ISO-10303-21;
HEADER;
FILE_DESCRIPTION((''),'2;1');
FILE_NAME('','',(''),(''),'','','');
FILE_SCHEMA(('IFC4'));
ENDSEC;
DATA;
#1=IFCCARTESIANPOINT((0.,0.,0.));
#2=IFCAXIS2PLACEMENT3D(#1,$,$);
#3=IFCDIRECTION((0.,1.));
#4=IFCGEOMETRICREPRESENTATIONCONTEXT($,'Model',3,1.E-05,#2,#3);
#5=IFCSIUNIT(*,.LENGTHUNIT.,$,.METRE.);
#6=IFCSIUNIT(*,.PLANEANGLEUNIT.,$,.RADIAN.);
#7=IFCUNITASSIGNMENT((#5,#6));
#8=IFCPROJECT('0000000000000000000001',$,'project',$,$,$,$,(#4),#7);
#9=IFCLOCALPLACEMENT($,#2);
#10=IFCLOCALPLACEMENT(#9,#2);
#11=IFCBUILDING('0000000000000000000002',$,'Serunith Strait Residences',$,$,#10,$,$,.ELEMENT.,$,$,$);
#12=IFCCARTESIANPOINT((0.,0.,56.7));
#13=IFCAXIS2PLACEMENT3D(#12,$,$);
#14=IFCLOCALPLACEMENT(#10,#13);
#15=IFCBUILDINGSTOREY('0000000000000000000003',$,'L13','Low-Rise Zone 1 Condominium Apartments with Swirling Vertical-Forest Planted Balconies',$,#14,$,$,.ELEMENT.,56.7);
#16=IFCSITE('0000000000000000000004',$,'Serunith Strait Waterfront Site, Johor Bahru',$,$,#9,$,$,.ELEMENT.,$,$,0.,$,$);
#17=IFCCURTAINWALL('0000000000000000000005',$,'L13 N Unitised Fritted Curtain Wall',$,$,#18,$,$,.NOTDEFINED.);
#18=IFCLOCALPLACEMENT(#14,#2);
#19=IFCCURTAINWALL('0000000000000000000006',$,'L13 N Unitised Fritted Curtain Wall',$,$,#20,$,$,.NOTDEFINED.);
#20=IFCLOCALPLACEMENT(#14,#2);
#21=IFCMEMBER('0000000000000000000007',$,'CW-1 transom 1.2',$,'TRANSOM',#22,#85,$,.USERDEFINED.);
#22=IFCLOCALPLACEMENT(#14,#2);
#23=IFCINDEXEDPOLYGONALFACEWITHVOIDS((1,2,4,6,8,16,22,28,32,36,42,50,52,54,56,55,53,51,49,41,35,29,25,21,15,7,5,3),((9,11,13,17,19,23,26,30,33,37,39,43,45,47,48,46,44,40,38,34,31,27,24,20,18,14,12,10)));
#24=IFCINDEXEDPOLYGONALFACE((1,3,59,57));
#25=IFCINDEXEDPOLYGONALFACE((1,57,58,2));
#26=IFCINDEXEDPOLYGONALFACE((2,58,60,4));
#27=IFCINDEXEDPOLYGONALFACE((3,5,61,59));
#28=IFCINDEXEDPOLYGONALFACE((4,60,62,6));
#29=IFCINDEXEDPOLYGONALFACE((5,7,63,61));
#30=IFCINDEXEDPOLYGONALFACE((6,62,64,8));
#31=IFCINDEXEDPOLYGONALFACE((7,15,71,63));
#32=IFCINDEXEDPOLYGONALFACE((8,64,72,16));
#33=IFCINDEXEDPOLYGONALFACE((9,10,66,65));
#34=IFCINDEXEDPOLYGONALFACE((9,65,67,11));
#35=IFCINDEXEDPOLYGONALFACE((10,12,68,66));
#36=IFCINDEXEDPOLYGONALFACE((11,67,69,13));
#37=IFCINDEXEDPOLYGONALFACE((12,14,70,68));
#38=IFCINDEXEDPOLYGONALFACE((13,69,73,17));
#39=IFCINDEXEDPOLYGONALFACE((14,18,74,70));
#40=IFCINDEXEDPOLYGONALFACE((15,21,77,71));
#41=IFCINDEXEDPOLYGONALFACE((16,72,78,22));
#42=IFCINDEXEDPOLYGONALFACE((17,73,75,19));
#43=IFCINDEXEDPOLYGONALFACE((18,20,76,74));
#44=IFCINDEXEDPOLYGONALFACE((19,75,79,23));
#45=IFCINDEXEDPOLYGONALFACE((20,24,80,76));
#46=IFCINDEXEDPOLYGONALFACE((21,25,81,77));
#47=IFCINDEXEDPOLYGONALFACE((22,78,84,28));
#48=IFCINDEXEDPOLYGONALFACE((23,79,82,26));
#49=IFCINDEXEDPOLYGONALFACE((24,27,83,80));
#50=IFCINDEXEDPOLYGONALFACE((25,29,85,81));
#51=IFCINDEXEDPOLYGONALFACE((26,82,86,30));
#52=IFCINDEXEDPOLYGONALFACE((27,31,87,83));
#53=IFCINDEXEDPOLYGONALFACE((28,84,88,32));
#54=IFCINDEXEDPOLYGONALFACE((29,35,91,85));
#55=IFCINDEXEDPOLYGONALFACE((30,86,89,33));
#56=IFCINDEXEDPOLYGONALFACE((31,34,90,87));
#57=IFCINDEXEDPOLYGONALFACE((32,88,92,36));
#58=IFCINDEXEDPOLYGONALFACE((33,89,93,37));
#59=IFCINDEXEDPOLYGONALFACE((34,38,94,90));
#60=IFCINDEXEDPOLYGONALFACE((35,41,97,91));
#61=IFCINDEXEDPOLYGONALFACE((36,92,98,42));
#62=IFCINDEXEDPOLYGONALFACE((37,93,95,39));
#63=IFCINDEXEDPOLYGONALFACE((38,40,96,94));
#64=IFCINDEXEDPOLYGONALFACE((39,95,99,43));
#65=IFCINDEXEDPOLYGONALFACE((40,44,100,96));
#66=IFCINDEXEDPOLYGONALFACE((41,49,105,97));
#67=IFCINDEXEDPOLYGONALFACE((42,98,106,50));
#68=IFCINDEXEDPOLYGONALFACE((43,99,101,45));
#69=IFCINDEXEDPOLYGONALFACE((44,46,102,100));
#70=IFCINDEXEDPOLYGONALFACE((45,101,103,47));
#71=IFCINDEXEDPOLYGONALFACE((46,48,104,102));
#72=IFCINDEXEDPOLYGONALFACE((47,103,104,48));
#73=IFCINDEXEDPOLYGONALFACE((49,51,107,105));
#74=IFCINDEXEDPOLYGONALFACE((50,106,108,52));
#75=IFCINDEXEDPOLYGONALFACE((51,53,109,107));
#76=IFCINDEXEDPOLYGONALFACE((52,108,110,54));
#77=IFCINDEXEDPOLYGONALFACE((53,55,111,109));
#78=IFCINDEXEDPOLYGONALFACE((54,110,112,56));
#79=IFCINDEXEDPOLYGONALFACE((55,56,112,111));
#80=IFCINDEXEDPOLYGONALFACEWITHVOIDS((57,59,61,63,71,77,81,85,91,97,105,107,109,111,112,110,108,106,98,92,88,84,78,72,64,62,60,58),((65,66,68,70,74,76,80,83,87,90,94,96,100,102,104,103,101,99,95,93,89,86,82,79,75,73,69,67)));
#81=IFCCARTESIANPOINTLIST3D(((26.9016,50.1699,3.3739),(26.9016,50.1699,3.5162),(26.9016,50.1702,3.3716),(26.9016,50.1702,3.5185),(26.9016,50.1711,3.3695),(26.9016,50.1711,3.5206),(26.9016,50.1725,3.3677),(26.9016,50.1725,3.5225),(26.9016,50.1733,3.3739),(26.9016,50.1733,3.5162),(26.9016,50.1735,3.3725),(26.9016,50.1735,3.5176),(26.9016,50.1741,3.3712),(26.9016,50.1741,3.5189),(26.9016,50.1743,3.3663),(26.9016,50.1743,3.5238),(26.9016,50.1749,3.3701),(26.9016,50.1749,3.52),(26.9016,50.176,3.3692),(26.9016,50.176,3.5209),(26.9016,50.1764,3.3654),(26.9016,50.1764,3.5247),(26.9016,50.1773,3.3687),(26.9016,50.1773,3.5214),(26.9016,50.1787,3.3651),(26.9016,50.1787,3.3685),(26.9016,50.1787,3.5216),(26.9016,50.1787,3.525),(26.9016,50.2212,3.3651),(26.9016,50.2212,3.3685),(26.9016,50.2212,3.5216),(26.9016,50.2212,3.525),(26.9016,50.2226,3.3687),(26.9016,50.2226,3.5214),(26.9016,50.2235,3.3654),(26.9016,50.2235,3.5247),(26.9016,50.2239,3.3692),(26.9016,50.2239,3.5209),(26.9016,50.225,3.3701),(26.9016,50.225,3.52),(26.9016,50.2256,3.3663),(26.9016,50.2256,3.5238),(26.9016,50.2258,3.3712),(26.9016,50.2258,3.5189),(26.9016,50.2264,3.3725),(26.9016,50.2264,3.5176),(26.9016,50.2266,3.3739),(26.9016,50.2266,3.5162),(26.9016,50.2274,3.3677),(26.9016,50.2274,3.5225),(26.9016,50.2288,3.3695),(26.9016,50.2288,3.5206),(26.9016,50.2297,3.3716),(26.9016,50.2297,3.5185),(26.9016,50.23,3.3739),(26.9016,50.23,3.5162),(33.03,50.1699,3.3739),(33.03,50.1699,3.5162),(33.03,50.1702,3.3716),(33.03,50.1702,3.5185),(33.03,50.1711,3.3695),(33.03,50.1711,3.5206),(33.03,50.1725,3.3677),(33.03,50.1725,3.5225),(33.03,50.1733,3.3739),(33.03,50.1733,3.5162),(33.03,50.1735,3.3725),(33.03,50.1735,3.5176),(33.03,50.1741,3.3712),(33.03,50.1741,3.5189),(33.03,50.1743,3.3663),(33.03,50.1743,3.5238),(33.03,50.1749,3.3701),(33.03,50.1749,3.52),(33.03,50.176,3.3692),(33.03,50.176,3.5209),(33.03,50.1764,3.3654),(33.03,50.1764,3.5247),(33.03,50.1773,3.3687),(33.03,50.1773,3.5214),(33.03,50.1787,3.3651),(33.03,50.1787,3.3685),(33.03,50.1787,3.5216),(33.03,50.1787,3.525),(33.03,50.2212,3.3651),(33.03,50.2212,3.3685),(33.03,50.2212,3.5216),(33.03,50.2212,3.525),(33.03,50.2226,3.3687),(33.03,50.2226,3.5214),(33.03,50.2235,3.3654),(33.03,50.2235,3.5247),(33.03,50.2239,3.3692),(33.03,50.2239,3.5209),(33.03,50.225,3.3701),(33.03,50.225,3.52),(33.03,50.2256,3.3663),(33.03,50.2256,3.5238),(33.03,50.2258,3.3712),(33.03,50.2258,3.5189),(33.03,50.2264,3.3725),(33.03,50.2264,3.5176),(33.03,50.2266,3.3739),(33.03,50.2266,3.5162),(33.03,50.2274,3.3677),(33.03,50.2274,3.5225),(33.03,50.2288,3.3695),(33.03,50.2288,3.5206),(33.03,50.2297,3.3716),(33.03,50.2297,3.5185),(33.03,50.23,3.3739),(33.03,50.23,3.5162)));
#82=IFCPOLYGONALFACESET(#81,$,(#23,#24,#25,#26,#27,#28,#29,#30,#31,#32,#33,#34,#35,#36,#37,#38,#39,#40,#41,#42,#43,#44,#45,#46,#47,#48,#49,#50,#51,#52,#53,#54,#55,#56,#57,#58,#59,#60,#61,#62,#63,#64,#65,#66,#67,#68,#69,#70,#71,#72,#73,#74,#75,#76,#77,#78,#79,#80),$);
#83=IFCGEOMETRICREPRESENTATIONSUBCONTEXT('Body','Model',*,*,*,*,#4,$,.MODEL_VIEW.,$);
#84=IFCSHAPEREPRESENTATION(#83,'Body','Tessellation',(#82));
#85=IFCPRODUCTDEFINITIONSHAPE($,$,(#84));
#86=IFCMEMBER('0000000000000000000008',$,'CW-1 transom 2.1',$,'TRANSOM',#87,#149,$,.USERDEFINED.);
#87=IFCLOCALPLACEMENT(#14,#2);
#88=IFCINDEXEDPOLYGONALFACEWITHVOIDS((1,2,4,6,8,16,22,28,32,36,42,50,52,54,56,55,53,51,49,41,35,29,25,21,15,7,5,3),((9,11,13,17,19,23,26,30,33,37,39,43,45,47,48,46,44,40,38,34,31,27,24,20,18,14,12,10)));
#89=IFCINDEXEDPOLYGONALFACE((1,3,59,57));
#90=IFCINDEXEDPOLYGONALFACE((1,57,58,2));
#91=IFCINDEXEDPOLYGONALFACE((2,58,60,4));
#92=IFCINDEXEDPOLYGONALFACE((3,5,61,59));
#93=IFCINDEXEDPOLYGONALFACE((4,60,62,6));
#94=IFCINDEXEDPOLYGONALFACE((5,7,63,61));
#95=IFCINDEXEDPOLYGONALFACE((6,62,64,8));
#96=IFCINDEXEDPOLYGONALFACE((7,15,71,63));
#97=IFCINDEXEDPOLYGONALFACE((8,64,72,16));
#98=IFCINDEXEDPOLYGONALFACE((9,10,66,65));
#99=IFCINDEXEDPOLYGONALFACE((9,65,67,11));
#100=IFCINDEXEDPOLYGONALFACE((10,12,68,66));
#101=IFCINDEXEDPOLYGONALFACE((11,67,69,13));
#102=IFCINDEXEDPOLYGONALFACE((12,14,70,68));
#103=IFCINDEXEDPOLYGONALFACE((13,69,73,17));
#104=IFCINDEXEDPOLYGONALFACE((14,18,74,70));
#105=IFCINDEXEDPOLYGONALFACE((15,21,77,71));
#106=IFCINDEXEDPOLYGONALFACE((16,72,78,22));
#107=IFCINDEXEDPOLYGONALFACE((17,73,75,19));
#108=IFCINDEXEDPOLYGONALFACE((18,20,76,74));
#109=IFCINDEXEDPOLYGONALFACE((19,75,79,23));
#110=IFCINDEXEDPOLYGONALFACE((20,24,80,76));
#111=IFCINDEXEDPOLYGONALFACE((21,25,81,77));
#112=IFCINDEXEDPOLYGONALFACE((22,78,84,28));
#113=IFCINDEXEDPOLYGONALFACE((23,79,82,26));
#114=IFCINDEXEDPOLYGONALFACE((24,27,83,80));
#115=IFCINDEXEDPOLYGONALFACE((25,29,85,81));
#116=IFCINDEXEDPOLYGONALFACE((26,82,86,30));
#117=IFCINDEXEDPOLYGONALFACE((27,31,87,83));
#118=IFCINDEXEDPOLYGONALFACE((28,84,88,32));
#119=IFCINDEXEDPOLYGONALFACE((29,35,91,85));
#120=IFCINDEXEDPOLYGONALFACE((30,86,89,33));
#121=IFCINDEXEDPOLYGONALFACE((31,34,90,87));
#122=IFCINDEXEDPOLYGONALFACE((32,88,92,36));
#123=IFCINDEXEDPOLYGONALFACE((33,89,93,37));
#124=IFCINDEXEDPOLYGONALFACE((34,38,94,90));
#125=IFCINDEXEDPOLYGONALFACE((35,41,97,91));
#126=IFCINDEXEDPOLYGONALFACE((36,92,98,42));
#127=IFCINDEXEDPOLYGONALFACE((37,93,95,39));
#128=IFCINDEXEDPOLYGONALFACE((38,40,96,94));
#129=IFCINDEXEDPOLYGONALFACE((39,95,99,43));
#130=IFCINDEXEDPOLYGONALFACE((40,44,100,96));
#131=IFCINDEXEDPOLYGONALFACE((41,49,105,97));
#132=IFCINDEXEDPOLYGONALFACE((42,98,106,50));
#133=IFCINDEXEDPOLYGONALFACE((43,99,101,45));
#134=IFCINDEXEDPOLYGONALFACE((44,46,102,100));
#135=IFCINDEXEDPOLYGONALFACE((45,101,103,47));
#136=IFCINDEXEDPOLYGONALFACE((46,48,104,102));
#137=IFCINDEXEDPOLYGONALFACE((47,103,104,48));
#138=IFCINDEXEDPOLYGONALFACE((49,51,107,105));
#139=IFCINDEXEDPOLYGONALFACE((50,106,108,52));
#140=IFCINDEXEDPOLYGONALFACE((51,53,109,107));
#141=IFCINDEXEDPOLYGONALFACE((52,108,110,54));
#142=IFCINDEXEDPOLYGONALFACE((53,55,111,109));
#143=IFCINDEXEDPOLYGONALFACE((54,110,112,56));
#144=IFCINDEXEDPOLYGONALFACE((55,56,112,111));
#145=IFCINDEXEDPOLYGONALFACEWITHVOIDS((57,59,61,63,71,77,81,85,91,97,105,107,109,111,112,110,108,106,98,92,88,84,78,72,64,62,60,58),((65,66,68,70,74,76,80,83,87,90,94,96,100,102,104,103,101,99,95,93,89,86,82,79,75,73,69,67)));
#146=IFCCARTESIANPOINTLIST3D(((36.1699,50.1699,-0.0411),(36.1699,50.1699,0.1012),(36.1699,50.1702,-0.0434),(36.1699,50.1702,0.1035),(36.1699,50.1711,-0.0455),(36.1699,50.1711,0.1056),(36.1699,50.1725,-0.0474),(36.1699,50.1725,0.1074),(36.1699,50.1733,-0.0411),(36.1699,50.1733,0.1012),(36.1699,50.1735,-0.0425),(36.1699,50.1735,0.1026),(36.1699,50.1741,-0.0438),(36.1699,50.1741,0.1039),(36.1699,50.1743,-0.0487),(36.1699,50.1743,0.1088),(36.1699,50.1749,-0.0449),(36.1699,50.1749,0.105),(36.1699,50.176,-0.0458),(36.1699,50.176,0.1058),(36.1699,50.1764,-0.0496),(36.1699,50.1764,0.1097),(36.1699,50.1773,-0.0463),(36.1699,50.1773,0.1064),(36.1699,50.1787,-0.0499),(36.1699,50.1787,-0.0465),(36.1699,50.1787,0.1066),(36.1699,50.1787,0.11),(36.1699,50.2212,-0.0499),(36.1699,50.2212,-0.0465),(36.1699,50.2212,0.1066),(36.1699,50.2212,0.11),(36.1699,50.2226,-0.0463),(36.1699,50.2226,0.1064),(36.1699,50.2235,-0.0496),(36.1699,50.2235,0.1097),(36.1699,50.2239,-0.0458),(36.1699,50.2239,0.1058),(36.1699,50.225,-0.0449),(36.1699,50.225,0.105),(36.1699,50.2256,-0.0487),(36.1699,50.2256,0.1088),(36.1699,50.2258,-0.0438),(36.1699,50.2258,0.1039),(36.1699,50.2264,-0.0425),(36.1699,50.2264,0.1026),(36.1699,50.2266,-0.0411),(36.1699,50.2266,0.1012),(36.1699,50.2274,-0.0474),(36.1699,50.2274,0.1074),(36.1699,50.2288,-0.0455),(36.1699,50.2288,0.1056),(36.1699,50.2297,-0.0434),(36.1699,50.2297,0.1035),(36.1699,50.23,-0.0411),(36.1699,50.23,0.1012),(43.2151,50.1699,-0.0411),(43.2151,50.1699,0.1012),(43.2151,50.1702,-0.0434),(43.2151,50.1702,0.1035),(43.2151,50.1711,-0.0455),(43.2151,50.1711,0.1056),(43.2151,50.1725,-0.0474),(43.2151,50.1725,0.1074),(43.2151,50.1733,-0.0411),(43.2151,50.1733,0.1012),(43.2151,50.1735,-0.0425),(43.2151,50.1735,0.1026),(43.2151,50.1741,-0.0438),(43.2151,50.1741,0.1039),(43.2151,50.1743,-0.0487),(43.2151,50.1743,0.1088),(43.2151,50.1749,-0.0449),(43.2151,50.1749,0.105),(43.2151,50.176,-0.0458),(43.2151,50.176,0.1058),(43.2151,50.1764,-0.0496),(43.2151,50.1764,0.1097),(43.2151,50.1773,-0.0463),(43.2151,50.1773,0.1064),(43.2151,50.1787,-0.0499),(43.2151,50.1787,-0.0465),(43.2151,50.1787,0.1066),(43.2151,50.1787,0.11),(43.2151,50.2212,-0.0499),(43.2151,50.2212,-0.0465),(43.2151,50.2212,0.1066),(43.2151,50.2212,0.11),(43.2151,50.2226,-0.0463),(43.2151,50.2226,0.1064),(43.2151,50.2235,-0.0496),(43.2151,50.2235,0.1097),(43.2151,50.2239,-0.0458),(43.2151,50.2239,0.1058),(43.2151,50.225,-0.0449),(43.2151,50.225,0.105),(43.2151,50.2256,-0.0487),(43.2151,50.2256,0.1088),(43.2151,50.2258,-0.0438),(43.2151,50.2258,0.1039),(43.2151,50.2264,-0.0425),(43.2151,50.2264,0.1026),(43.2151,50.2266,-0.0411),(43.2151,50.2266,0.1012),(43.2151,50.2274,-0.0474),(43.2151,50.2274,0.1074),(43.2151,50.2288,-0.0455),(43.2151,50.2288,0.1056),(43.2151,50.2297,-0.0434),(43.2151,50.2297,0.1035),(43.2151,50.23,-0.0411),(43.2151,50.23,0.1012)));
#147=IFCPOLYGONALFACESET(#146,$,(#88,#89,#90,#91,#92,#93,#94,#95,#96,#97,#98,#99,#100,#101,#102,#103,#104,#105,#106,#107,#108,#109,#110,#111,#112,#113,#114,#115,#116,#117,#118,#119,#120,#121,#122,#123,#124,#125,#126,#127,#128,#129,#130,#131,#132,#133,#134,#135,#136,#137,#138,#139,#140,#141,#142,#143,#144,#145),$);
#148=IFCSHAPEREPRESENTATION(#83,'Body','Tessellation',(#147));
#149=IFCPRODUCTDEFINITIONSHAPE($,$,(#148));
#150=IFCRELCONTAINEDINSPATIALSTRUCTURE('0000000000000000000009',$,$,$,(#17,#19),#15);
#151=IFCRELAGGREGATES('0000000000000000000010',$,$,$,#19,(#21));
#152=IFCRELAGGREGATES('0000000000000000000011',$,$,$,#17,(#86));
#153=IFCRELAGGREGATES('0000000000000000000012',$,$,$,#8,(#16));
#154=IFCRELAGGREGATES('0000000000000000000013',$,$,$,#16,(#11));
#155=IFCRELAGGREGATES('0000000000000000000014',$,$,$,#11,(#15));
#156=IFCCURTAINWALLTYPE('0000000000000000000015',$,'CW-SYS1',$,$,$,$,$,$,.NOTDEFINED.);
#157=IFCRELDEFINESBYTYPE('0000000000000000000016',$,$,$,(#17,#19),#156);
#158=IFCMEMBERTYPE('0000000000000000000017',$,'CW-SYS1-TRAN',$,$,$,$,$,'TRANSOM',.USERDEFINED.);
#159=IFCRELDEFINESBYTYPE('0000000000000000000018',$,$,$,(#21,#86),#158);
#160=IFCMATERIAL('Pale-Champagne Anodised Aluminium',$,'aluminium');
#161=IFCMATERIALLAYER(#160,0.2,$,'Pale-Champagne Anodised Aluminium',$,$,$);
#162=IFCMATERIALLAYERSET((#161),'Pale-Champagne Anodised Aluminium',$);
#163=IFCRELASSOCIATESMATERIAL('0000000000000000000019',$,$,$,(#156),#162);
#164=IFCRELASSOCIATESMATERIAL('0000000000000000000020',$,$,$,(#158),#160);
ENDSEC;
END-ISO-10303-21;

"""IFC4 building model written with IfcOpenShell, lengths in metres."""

from ifc_helpers import new_model, si_unit, direction, frame, origin, origin_2d, place, context, subcontext, project, spatial, hollow_rectangle, extrude, source, transform, mapped, material, layer, layer_set, material_profile, profile_set, type_object, element, aggregate, save


model = new_model("IFC4")

# Units and contexts
model_context = context("Model", 3, precision=1e-05, world=origin(), true_north=direction((0.0, 1.0)))
body_context = subcontext(model_context, "Body", "Model", "MODEL_VIEW")
ifc_project = project(units=[si_unit("LENGTHUNIT", "METRE"), si_unit("PLANEANGLEUNIT", "RADIAN")], contexts=[model_context])

# Site, building, storey
site_placement = place(None, origin())
site = spatial("IfcSite", under=ifc_project, at=site_placement, Name="Serunith Strait Waterfront Site, Johor Bahru", CompositionType="ELEMENT", RefElevation=0.0)
building_placement = place(site_placement, origin())
building = spatial("IfcBuilding", under=site, at=building_placement, Name="Serunith Strait Residences", CompositionType="ELEMENT")
storey_placement = place(building_placement, frame((0.0, 0.0, 56.7)))
storey = spatial("IfcBuildingStorey", under=building, at=storey_placement, Name="L13", Description="Low-Rise Zone 1 Condominium Apartments with Swirling Vertical-Forest Planted Balconies", CompositionType="ELEMENT", Elevation=56.7)

# Curtain walls, member
ifc_material_1 = material(Name="Pale-Champagne Anodised Aluminium", Category="aluminium")
ifc_layer_1 = layer(ifc_material_1, 0.2, Name="Pale-Champagne Anodised Aluminium")
ifc_layer_set_1 = layer_set([ifc_layer_1], Name="Pale-Champagne Anodised Aluminium")
curtain_wall_type = type_object("IfcCurtainWallType", Name="CW-SYS1", PredefinedType="NOTDEFINED", material=ifc_layer_set_1)
curtain_wall_1_placement = place(storey_placement, origin())
curtain_wall_1 = element("IfcCurtainWall", 1, at=curtain_wall_1_placement, inside=storey, type_object=curtain_wall_type, Name="L13 N Unitised Fritted Curtain Wall", PredefinedType="NOTDEFINED")
curtain_wall_2_placement = place(storey_placement, origin())
curtain_wall_2 = element("IfcCurtainWall", 2, at=curtain_wall_2_placement, inside=storey, type_object=curtain_wall_type, Name="L13 N Unitised Fritted Curtain Wall", PredefinedType="NOTDEFINED")
ifc_material_profile_1 = material_profile(ifc_material_1, hollow_rectangle(XDim=0.0601, YDim=0.1599, WallThickness=0.0034, InnerFilletRadius=0.0054, OuterFilletRadius=0.0088, at=origin_2d()), Name="ALU 160x60x3.5")
ifc_profile_set_1 = profile_set([ifc_material_profile_1], Name="Pale-Champagne Anodised Aluminium")
member_type_1 = type_object("IfcMemberType", Name="CW-SYS1-TRAN", ElementType="TRANSOM", PredefinedType="USERDEFINED", material=ifc_profile_set_1)
shared_shape_1 = source(origin(), body_context, "Body", "SweptSolid", [
    extrude(hollow_rectangle(XDim=0.0601, YDim=0.1599, WallThickness=0.0034, InnerFilletRadius=0.0054, OuterFilletRadius=0.0088, at=origin_2d()), origin(), (0.0, 0.0, 1.0), 6.1284),
])
member_1_placement = place(storey_placement, frame((33.03, 50.2, 3.4451), z_axis=(-1.0, 0.0, 0.0), x_axis=(0.0, -1.0, 0.0)))
member_1 = element("IfcMember", 3, at=member_1_placement, type_object=member_type_1, Name="CW-1 transom 1.2", ObjectType="TRANSOM", PredefinedType="USERDEFINED", context=body_context, shape_type="MappedRepresentation", body=[
    mapped(shared_shape_1, transform((0.0, 0.0, 0.0), scale=1.0)),
])
aggregate(curtain_wall_2, [member_1])

# Member
shared_shape_2 = source(origin(), body_context, "Body", "SweptSolid", [
    extrude(hollow_rectangle(XDim=0.0601, YDim=0.1599, WallThickness=0.0034, InnerFilletRadius=0.0054, OuterFilletRadius=0.0088, at=origin_2d()), origin(), (0.0, 0.0, 1.0), 7.0452),
])
member_2_placement = place(storey_placement, frame((43.2151, 50.2, 0.03), z_axis=(-1.0, 0.0, 0.0), x_axis=(0.0, -1.0, 0.0)))
member_2 = element("IfcMember", 4, at=member_2_placement, type_object=member_type_1, Name="CW-1 transom 2.1", ObjectType="TRANSOM", PredefinedType="USERDEFINED", context=body_context, shape_type="MappedRepresentation", body=[
    mapped(shared_shape_2, transform((0.0, 0.0, 0.0), scale=1.0)),
])

aggregate(curtain_wall_1, [member_2])

save(model, "model.ifc")
